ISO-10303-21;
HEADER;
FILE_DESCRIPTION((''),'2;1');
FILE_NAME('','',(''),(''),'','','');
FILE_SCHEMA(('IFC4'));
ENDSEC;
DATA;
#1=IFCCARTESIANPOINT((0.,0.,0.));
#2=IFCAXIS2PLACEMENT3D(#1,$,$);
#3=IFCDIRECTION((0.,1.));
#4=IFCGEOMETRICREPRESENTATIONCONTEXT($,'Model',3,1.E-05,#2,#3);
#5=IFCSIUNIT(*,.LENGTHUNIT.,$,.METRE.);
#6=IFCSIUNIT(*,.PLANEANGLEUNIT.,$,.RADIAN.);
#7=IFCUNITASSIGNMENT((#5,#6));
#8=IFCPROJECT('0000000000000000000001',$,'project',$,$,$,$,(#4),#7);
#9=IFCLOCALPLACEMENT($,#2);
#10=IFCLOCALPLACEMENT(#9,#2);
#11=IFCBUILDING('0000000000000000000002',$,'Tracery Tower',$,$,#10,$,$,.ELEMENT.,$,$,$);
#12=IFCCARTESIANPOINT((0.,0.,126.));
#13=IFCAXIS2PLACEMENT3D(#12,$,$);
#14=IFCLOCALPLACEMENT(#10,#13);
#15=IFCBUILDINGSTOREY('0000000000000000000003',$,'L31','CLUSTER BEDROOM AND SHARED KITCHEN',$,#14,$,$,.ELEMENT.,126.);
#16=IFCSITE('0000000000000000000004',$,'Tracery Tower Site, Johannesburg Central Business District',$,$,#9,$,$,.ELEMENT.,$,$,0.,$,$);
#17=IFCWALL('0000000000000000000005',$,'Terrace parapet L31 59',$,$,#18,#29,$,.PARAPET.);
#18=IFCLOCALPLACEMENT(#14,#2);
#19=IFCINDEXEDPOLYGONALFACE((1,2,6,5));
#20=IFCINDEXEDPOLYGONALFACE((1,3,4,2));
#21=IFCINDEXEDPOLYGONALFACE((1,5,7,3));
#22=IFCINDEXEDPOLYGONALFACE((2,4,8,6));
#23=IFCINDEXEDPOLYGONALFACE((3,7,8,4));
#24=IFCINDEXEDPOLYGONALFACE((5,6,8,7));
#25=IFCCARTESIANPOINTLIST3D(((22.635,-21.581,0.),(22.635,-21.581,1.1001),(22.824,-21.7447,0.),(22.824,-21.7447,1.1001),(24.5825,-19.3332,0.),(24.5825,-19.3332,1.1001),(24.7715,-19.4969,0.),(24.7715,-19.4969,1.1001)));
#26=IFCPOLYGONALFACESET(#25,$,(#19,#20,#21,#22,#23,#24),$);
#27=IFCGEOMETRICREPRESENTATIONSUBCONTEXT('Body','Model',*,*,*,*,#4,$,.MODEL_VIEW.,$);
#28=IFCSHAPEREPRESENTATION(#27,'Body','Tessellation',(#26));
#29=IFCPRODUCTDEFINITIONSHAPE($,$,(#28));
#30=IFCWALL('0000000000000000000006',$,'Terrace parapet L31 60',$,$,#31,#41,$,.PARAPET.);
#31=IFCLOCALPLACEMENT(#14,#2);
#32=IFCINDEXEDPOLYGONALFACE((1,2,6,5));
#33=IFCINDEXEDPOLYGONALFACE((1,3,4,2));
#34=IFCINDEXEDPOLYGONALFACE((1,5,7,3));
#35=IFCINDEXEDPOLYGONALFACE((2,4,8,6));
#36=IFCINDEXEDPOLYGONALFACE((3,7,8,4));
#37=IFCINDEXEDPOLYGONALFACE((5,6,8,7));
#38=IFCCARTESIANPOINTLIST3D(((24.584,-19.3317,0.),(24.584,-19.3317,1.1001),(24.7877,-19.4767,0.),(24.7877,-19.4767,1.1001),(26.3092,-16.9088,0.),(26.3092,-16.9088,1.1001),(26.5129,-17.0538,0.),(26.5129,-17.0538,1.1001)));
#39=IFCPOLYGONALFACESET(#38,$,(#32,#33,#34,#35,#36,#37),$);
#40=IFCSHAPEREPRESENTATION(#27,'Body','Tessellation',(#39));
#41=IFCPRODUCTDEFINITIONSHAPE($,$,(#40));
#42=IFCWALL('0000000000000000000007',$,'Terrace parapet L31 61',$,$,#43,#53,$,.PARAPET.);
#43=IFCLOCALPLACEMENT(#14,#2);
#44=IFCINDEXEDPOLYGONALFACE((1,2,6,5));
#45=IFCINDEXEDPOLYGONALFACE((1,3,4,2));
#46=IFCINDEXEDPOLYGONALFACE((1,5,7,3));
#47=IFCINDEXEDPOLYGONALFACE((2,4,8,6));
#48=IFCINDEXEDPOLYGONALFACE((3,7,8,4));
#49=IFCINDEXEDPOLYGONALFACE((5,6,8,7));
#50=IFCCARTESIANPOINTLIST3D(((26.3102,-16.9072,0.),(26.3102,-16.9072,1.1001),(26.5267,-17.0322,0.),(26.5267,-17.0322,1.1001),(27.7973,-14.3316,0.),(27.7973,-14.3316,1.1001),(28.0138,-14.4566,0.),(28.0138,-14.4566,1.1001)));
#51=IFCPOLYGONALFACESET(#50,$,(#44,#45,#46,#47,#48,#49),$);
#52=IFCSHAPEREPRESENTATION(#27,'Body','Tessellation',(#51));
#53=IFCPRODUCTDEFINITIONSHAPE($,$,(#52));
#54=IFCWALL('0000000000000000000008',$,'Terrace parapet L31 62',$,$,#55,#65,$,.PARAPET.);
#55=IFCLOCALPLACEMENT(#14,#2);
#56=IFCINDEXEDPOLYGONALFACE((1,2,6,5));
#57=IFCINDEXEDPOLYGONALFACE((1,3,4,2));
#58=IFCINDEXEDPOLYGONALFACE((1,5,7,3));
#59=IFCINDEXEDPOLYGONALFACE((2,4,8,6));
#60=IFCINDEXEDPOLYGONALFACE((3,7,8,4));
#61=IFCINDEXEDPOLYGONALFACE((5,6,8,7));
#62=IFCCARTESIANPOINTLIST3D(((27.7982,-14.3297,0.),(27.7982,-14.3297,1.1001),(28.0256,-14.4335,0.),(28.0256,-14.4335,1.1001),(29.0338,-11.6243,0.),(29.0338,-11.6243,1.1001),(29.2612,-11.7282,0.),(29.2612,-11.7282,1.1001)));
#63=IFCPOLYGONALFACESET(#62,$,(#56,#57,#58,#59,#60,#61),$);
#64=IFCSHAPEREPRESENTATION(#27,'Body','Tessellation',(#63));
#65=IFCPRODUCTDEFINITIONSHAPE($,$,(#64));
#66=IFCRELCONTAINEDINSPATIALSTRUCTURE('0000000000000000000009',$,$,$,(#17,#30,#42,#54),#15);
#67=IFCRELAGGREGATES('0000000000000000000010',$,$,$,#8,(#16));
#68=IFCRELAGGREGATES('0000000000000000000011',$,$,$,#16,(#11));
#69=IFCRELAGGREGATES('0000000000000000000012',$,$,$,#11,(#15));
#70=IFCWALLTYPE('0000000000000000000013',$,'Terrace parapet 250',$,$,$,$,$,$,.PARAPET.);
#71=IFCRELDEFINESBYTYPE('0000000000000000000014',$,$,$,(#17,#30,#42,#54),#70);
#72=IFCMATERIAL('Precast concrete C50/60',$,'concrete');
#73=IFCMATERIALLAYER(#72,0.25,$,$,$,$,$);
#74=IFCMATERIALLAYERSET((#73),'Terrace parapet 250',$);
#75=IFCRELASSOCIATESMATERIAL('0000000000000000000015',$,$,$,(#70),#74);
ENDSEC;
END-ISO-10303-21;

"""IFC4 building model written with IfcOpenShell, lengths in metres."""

from ifc_helpers import new_model, si_unit, direction, frame, frame_2d, origin, place, context, subcontext, project, spatial, rectangle, extrude, material, layer, layer_set, type_object, element, save


model = new_model("IFC4")

# Units and contexts
model_context = context("Model", 3, precision=1e-05, world=origin(), true_north=direction((0.0, 1.0)))
body_context = subcontext(model_context, "Body", "Model", "MODEL_VIEW")
ifc_project = project(units=[si_unit("LENGTHUNIT", "METRE"), si_unit("PLANEANGLEUNIT", "RADIAN")], contexts=[model_context])

# Site, building, storey
site_placement = place(None, origin())
site = spatial("IfcSite", under=ifc_project, at=site_placement, Name="Tracery Tower Site, Johannesburg Central Business District", CompositionType="ELEMENT", RefElevation=0.0)
building_placement = place(site_placement, origin())
building = spatial("IfcBuilding", under=site, at=building_placement, Name="Tracery Tower", CompositionType="ELEMENT")
storey_placement = place(building_placement, frame((0.0, 0.0, 126.0)))
storey = spatial("IfcBuildingStorey", under=building, at=storey_placement, Name="L31", Description="CLUSTER BEDROOM AND SHARED KITCHEN", CompositionType="ELEMENT", Elevation=126.0)

# Walls
ifc_material_1 = material(Name="Precast concrete C50/60", Category="concrete")
ifc_layer_1 = layer(ifc_material_1, 0.25)
ifc_layer_set_1 = layer_set([ifc_layer_1], Name="Terrace parapet 250")
wall_type_1 = type_object("IfcWallType", Name="Terrace parapet 250", PredefinedType="PARAPET", material=ifc_layer_set_1)
for number, where, z_axis, x_axis, name in (
    (1, (22.7295, -21.6628, 0.0), (0.0, 0.0, 1.0), (0.654818, 0.755787, 0.0), "Terrace parapet L31 59"),
):
    element("IfcWall", number, at=place(storey_placement, frame(where, z_axis=z_axis, x_axis=x_axis)), inside=storey, type_object=wall_type_1, Name=name, PredefinedType="PARAPET", context=body_context, shape_type="SweptSolid", body=[
        extrude(rectangle(XDim=2.9741, YDim=0.25, at=frame_2d((1.4871, 0.0))), origin(), (0.0, 0.0, 1.0), 1.1001),
    ])
wall_1_placement = place(storey_placement, frame((24.6858, -19.4043, 0.0), z_axis=(0.0, 0.0, 1.0), x_axis=(0.580011, 0.814609, 0.0)))
element("IfcWall", 2, at=wall_1_placement, inside=storey, type_object=wall_type_1, Name="Terrace parapet L31 60", PredefinedType="PARAPET", context=body_context, shape_type="SweptSolid", body=[
    extrude(rectangle(XDim=2.9744, YDim=0.25, at=frame_2d((1.4873, 0.0))), origin(), (0.0, 0.0, 1.0), 1.1001),
])
for number, where, z_axis, x_axis, name in (
    (3, (26.4185, -16.9697, 0.0), (0.0, 0.0, 1.0), (0.499997, 0.866027, 0.0), "Terrace parapet L31 61"),
    (4, (27.9119, -14.3816, 0.0), (0.0, 0.0, 1.0), (0.415447, 0.909617, 0.0), "Terrace parapet L31 62"),
):
    element("IfcWall", number, at=place(storey_placement, frame(where, z_axis=z_axis, x_axis=x_axis)), inside=storey, type_object=wall_type_1, Name=name, PredefinedType="PARAPET", context=body_context, shape_type="SweptSolid", body=[
        extrude(rectangle(XDim=2.9741, YDim=0.25, at=frame_2d((1.4871, 0.0))), origin(), (0.0, 0.0, 1.0), 1.1001),
    ])

save(model, "model.ifc")
